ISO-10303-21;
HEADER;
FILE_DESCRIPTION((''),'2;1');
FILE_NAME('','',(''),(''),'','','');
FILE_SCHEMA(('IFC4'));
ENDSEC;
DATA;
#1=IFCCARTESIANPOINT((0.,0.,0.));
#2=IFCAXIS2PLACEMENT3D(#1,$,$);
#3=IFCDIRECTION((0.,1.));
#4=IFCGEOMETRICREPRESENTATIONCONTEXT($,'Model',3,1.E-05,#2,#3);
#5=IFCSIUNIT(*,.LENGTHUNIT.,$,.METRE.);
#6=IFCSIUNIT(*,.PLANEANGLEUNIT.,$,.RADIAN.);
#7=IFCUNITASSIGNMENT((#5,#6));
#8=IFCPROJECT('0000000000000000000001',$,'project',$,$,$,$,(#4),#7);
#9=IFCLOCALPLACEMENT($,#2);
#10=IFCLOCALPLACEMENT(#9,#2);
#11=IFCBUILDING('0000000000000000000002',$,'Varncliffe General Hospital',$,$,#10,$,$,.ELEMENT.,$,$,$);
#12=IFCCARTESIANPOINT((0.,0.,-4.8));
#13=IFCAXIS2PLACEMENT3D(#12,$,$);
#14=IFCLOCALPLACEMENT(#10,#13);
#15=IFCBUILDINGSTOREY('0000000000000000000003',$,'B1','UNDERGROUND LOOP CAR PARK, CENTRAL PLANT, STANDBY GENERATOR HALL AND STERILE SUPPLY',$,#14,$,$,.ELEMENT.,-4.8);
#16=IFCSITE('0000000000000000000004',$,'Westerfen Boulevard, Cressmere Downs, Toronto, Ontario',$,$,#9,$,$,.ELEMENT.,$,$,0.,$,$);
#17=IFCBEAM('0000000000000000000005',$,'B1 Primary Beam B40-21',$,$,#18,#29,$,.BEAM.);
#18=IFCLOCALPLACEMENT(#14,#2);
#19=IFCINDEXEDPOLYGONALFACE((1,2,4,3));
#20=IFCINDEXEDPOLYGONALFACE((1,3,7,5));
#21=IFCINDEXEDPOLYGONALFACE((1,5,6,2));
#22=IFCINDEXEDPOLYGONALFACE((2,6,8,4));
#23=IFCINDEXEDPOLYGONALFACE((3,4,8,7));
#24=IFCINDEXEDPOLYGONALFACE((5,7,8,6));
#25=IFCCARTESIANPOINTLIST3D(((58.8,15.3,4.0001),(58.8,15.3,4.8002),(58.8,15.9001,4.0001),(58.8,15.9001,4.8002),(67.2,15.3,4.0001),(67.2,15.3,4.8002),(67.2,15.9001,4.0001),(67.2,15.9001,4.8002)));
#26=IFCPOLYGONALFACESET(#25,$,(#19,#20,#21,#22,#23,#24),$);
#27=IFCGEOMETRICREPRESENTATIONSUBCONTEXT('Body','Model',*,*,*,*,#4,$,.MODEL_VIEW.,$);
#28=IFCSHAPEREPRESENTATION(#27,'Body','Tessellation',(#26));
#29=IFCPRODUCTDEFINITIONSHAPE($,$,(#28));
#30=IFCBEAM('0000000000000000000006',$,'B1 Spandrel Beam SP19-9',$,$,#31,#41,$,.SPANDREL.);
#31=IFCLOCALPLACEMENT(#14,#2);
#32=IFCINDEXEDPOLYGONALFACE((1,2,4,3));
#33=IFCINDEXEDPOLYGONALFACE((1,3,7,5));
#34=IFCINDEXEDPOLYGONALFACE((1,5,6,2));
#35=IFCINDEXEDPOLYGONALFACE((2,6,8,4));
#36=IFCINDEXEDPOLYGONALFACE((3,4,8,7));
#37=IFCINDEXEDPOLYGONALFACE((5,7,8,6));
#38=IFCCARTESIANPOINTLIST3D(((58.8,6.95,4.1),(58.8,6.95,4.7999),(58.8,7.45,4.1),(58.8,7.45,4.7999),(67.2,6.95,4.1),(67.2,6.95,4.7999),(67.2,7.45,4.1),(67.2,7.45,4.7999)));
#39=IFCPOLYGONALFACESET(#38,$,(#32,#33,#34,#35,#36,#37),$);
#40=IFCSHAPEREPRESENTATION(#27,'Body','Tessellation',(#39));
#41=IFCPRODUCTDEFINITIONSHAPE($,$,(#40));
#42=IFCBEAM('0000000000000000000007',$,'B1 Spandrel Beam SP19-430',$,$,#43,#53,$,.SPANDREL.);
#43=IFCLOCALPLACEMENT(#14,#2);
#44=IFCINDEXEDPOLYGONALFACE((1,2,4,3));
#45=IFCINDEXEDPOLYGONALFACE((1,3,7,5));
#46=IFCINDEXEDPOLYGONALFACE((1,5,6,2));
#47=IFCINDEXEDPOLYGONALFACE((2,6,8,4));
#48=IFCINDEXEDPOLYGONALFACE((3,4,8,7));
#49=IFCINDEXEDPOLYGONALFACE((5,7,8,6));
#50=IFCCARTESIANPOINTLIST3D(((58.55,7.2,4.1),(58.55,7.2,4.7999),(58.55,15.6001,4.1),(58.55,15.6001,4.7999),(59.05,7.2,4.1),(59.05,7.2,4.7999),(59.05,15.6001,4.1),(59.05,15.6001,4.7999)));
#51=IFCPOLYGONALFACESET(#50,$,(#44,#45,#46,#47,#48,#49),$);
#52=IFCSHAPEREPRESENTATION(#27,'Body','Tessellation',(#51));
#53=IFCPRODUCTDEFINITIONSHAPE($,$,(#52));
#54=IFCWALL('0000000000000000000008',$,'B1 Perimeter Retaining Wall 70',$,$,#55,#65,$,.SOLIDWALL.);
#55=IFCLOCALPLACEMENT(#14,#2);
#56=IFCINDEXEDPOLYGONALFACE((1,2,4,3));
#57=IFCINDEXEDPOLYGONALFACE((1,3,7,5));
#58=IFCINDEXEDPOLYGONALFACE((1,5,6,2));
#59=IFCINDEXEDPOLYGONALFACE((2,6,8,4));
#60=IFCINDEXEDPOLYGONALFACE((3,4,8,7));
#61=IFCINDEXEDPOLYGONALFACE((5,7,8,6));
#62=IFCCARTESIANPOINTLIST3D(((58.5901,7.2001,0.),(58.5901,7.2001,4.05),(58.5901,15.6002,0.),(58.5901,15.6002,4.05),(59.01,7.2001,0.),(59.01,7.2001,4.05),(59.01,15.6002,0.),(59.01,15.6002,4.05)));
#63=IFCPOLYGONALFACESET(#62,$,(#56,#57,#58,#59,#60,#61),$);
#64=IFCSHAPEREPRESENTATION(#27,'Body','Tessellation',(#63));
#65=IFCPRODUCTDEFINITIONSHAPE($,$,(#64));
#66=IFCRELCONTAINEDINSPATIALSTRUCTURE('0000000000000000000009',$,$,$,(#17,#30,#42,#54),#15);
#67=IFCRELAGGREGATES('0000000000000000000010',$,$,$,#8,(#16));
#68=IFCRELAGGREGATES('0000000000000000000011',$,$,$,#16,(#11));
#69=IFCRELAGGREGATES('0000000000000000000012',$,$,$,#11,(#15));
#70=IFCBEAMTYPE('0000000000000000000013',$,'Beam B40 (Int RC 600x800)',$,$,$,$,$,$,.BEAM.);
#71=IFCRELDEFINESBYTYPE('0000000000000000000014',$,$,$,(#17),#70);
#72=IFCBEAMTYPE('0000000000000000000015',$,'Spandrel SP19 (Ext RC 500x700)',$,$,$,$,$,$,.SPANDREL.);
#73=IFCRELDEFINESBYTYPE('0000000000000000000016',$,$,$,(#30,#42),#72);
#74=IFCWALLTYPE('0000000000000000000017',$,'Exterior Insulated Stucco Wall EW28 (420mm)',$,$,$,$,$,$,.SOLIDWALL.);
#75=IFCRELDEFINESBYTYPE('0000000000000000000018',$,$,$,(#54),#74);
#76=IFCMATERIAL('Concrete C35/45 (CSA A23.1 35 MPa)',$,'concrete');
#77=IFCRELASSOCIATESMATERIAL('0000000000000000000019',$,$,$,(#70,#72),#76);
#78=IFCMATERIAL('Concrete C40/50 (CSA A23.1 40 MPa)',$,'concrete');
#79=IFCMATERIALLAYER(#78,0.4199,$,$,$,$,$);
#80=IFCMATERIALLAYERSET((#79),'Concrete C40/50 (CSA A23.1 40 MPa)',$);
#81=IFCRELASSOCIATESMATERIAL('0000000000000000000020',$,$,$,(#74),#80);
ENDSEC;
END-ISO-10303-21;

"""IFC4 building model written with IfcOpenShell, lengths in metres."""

from ifc_helpers import new_model, si_unit, direction, frame, frame_2d, origin, origin_2d, place, context, subcontext, project, spatial, rectangle, extrude, material, layer, layer_set, material_profile, profile_set, type_object, element, save


model = new_model("IFC4")

# Units and contexts
model_context = context("Model", 3, precision=1e-05, world=origin(), true_north=direction((0.0, 1.0)))
body_context = subcontext(model_context, "Body", "Model", "MODEL_VIEW")
ifc_project = project(units=[si_unit("LENGTHUNIT", "METRE"), si_unit("PLANEANGLEUNIT", "RADIAN")], contexts=[model_context])

# Site, building, storey
site_placement = place(None, origin())
site = spatial("IfcSite", under=ifc_project, at=site_placement, Name="Westerfen Boulevard, Cressmere Downs, Toronto, Ontario", CompositionType="ELEMENT", RefElevation=0.0)
building_placement = place(site_placement, origin())
building = spatial("IfcBuilding", under=site, at=building_placement, Name="Varncliffe General Hospital", CompositionType="ELEMENT")
storey_placement = place(building_placement, frame((0.0, 0.0, -4.8)))
storey = spatial("IfcBuildingStorey", under=building, at=storey_placement, Name="B1", Description="UNDERGROUND LOOP CAR PARK, CENTRAL PLANT, STANDBY GENERATOR HALL AND STERILE SUPPLY", CompositionType="ELEMENT", Elevation=-4.8)

# Shared definitions
ifc_material_1 = material(Name="Concrete C40/50 (CSA A23.1 40 MPa)", Category="concrete")

# Beams
ifc_material_2 = material(Name="Concrete C35/45 (CSA A23.1 35 MPa)", Category="concrete")
ifc_material_profile_1 = material_profile(ifc_material_2, rectangle(XDim=0.6001, YDim=0.8, at=origin_2d()), Name="RC 600x800")
ifc_profile_set_1 = profile_set([ifc_material_profile_1], Name="Concrete C35/45 (CSA A23.1 35 MPa)")
beam_type_1 = type_object("IfcBeamType", Name="Beam B40 (Int RC 600x800)", PredefinedType="BEAM", material=ifc_profile_set_1)
beam_1_placement = place(storey_placement, frame((58.8, 15.6001, 4.4001), z_axis=(1.0, 0.0, 0.0), x_axis=(0.0, 1.0, 0.0)))
element("IfcBeam", 1, at=beam_1_placement, inside=storey, type_object=beam_type_1, Name="B1 Primary Beam B40-21", PredefinedType="BEAM", context=body_context, shape_type="SweptSolid", body=[
    extrude(rectangle(XDim=0.6001, YDim=0.8, at=origin_2d()), origin(), (0.0, 0.0, 1.0), 8.3999),
])
ifc_material_profile_2 = material_profile(ifc_material_2, rectangle(XDim=0.5, YDim=0.7, at=origin_2d()), Name="RC 500x700")
ifc_profile_set_2 = profile_set([ifc_material_profile_2], Name="Concrete C35/45 (CSA A23.1 35 MPa)")
beam_type_2 = type_object("IfcBeamType", Name="Spandrel SP19 (Ext RC 500x700)", PredefinedType="SPANDREL", material=ifc_profile_set_2)
beam_2_placement = place(storey_placement, frame((58.8, 7.2, 4.45), z_axis=(1.0, 0.0, 0.0), x_axis=(0.0, 1.0, 0.0)))
element("IfcBeam", 2, at=beam_2_placement, inside=storey, type_object=beam_type_2, Name="B1 Spandrel Beam SP19-9", PredefinedType="SPANDREL", context=body_context, shape_type="SweptSolid", body=[
    extrude(rectangle(XDim=0.5, YDim=0.7, at=origin_2d()), origin(), (0.0, 0.0, 1.0), 8.3999),
])
beam_3_placement = place(storey_placement, frame((58.8, 7.2, 4.45), z_axis=(0.0, 1.0, 0.0), x_axis=(-1.0, 0.0, 0.0)))
element("IfcBeam", 3, at=beam_3_placement, inside=storey, type_object=beam_type_2, Name="B1 Spandrel Beam SP19-430", PredefinedType="SPANDREL", context=body_context, shape_type="SweptSolid", body=[
    extrude(rectangle(XDim=0.5, YDim=0.7, at=origin_2d()), origin(), (0.0, 0.0, 1.0), 8.4001),
])

# Wall
ifc_layer = layer(ifc_material_1, 0.4199)
ifc_layer_set = layer_set([ifc_layer], Name="Concrete C40/50 (CSA A23.1 40 MPa)")
wall_type = type_object("IfcWallType", Name="Exterior Insulated Stucco Wall EW28 (420mm)", PredefinedType="SOLIDWALL", material=ifc_layer_set)
wall_placement = place(storey_placement, frame((58.8, 7.2, 0.0), z_axis=(0.0, 0.0, 1.0), x_axis=(0.0, 1.0, 0.0)))
element("IfcWall", 4, at=wall_placement, inside=storey, type_object=wall_type, Name="B1 Perimeter Retaining Wall 70", PredefinedType="SOLIDWALL", context=body_context, shape_type="SweptSolid", body=[
    extrude(rectangle(XDim=8.4001, YDim=0.4199, at=frame_2d((4.2002, 0.0))), origin(), (0.0, 0.0, 1.0), 4.05),
])

save(model, "model.ifc")
